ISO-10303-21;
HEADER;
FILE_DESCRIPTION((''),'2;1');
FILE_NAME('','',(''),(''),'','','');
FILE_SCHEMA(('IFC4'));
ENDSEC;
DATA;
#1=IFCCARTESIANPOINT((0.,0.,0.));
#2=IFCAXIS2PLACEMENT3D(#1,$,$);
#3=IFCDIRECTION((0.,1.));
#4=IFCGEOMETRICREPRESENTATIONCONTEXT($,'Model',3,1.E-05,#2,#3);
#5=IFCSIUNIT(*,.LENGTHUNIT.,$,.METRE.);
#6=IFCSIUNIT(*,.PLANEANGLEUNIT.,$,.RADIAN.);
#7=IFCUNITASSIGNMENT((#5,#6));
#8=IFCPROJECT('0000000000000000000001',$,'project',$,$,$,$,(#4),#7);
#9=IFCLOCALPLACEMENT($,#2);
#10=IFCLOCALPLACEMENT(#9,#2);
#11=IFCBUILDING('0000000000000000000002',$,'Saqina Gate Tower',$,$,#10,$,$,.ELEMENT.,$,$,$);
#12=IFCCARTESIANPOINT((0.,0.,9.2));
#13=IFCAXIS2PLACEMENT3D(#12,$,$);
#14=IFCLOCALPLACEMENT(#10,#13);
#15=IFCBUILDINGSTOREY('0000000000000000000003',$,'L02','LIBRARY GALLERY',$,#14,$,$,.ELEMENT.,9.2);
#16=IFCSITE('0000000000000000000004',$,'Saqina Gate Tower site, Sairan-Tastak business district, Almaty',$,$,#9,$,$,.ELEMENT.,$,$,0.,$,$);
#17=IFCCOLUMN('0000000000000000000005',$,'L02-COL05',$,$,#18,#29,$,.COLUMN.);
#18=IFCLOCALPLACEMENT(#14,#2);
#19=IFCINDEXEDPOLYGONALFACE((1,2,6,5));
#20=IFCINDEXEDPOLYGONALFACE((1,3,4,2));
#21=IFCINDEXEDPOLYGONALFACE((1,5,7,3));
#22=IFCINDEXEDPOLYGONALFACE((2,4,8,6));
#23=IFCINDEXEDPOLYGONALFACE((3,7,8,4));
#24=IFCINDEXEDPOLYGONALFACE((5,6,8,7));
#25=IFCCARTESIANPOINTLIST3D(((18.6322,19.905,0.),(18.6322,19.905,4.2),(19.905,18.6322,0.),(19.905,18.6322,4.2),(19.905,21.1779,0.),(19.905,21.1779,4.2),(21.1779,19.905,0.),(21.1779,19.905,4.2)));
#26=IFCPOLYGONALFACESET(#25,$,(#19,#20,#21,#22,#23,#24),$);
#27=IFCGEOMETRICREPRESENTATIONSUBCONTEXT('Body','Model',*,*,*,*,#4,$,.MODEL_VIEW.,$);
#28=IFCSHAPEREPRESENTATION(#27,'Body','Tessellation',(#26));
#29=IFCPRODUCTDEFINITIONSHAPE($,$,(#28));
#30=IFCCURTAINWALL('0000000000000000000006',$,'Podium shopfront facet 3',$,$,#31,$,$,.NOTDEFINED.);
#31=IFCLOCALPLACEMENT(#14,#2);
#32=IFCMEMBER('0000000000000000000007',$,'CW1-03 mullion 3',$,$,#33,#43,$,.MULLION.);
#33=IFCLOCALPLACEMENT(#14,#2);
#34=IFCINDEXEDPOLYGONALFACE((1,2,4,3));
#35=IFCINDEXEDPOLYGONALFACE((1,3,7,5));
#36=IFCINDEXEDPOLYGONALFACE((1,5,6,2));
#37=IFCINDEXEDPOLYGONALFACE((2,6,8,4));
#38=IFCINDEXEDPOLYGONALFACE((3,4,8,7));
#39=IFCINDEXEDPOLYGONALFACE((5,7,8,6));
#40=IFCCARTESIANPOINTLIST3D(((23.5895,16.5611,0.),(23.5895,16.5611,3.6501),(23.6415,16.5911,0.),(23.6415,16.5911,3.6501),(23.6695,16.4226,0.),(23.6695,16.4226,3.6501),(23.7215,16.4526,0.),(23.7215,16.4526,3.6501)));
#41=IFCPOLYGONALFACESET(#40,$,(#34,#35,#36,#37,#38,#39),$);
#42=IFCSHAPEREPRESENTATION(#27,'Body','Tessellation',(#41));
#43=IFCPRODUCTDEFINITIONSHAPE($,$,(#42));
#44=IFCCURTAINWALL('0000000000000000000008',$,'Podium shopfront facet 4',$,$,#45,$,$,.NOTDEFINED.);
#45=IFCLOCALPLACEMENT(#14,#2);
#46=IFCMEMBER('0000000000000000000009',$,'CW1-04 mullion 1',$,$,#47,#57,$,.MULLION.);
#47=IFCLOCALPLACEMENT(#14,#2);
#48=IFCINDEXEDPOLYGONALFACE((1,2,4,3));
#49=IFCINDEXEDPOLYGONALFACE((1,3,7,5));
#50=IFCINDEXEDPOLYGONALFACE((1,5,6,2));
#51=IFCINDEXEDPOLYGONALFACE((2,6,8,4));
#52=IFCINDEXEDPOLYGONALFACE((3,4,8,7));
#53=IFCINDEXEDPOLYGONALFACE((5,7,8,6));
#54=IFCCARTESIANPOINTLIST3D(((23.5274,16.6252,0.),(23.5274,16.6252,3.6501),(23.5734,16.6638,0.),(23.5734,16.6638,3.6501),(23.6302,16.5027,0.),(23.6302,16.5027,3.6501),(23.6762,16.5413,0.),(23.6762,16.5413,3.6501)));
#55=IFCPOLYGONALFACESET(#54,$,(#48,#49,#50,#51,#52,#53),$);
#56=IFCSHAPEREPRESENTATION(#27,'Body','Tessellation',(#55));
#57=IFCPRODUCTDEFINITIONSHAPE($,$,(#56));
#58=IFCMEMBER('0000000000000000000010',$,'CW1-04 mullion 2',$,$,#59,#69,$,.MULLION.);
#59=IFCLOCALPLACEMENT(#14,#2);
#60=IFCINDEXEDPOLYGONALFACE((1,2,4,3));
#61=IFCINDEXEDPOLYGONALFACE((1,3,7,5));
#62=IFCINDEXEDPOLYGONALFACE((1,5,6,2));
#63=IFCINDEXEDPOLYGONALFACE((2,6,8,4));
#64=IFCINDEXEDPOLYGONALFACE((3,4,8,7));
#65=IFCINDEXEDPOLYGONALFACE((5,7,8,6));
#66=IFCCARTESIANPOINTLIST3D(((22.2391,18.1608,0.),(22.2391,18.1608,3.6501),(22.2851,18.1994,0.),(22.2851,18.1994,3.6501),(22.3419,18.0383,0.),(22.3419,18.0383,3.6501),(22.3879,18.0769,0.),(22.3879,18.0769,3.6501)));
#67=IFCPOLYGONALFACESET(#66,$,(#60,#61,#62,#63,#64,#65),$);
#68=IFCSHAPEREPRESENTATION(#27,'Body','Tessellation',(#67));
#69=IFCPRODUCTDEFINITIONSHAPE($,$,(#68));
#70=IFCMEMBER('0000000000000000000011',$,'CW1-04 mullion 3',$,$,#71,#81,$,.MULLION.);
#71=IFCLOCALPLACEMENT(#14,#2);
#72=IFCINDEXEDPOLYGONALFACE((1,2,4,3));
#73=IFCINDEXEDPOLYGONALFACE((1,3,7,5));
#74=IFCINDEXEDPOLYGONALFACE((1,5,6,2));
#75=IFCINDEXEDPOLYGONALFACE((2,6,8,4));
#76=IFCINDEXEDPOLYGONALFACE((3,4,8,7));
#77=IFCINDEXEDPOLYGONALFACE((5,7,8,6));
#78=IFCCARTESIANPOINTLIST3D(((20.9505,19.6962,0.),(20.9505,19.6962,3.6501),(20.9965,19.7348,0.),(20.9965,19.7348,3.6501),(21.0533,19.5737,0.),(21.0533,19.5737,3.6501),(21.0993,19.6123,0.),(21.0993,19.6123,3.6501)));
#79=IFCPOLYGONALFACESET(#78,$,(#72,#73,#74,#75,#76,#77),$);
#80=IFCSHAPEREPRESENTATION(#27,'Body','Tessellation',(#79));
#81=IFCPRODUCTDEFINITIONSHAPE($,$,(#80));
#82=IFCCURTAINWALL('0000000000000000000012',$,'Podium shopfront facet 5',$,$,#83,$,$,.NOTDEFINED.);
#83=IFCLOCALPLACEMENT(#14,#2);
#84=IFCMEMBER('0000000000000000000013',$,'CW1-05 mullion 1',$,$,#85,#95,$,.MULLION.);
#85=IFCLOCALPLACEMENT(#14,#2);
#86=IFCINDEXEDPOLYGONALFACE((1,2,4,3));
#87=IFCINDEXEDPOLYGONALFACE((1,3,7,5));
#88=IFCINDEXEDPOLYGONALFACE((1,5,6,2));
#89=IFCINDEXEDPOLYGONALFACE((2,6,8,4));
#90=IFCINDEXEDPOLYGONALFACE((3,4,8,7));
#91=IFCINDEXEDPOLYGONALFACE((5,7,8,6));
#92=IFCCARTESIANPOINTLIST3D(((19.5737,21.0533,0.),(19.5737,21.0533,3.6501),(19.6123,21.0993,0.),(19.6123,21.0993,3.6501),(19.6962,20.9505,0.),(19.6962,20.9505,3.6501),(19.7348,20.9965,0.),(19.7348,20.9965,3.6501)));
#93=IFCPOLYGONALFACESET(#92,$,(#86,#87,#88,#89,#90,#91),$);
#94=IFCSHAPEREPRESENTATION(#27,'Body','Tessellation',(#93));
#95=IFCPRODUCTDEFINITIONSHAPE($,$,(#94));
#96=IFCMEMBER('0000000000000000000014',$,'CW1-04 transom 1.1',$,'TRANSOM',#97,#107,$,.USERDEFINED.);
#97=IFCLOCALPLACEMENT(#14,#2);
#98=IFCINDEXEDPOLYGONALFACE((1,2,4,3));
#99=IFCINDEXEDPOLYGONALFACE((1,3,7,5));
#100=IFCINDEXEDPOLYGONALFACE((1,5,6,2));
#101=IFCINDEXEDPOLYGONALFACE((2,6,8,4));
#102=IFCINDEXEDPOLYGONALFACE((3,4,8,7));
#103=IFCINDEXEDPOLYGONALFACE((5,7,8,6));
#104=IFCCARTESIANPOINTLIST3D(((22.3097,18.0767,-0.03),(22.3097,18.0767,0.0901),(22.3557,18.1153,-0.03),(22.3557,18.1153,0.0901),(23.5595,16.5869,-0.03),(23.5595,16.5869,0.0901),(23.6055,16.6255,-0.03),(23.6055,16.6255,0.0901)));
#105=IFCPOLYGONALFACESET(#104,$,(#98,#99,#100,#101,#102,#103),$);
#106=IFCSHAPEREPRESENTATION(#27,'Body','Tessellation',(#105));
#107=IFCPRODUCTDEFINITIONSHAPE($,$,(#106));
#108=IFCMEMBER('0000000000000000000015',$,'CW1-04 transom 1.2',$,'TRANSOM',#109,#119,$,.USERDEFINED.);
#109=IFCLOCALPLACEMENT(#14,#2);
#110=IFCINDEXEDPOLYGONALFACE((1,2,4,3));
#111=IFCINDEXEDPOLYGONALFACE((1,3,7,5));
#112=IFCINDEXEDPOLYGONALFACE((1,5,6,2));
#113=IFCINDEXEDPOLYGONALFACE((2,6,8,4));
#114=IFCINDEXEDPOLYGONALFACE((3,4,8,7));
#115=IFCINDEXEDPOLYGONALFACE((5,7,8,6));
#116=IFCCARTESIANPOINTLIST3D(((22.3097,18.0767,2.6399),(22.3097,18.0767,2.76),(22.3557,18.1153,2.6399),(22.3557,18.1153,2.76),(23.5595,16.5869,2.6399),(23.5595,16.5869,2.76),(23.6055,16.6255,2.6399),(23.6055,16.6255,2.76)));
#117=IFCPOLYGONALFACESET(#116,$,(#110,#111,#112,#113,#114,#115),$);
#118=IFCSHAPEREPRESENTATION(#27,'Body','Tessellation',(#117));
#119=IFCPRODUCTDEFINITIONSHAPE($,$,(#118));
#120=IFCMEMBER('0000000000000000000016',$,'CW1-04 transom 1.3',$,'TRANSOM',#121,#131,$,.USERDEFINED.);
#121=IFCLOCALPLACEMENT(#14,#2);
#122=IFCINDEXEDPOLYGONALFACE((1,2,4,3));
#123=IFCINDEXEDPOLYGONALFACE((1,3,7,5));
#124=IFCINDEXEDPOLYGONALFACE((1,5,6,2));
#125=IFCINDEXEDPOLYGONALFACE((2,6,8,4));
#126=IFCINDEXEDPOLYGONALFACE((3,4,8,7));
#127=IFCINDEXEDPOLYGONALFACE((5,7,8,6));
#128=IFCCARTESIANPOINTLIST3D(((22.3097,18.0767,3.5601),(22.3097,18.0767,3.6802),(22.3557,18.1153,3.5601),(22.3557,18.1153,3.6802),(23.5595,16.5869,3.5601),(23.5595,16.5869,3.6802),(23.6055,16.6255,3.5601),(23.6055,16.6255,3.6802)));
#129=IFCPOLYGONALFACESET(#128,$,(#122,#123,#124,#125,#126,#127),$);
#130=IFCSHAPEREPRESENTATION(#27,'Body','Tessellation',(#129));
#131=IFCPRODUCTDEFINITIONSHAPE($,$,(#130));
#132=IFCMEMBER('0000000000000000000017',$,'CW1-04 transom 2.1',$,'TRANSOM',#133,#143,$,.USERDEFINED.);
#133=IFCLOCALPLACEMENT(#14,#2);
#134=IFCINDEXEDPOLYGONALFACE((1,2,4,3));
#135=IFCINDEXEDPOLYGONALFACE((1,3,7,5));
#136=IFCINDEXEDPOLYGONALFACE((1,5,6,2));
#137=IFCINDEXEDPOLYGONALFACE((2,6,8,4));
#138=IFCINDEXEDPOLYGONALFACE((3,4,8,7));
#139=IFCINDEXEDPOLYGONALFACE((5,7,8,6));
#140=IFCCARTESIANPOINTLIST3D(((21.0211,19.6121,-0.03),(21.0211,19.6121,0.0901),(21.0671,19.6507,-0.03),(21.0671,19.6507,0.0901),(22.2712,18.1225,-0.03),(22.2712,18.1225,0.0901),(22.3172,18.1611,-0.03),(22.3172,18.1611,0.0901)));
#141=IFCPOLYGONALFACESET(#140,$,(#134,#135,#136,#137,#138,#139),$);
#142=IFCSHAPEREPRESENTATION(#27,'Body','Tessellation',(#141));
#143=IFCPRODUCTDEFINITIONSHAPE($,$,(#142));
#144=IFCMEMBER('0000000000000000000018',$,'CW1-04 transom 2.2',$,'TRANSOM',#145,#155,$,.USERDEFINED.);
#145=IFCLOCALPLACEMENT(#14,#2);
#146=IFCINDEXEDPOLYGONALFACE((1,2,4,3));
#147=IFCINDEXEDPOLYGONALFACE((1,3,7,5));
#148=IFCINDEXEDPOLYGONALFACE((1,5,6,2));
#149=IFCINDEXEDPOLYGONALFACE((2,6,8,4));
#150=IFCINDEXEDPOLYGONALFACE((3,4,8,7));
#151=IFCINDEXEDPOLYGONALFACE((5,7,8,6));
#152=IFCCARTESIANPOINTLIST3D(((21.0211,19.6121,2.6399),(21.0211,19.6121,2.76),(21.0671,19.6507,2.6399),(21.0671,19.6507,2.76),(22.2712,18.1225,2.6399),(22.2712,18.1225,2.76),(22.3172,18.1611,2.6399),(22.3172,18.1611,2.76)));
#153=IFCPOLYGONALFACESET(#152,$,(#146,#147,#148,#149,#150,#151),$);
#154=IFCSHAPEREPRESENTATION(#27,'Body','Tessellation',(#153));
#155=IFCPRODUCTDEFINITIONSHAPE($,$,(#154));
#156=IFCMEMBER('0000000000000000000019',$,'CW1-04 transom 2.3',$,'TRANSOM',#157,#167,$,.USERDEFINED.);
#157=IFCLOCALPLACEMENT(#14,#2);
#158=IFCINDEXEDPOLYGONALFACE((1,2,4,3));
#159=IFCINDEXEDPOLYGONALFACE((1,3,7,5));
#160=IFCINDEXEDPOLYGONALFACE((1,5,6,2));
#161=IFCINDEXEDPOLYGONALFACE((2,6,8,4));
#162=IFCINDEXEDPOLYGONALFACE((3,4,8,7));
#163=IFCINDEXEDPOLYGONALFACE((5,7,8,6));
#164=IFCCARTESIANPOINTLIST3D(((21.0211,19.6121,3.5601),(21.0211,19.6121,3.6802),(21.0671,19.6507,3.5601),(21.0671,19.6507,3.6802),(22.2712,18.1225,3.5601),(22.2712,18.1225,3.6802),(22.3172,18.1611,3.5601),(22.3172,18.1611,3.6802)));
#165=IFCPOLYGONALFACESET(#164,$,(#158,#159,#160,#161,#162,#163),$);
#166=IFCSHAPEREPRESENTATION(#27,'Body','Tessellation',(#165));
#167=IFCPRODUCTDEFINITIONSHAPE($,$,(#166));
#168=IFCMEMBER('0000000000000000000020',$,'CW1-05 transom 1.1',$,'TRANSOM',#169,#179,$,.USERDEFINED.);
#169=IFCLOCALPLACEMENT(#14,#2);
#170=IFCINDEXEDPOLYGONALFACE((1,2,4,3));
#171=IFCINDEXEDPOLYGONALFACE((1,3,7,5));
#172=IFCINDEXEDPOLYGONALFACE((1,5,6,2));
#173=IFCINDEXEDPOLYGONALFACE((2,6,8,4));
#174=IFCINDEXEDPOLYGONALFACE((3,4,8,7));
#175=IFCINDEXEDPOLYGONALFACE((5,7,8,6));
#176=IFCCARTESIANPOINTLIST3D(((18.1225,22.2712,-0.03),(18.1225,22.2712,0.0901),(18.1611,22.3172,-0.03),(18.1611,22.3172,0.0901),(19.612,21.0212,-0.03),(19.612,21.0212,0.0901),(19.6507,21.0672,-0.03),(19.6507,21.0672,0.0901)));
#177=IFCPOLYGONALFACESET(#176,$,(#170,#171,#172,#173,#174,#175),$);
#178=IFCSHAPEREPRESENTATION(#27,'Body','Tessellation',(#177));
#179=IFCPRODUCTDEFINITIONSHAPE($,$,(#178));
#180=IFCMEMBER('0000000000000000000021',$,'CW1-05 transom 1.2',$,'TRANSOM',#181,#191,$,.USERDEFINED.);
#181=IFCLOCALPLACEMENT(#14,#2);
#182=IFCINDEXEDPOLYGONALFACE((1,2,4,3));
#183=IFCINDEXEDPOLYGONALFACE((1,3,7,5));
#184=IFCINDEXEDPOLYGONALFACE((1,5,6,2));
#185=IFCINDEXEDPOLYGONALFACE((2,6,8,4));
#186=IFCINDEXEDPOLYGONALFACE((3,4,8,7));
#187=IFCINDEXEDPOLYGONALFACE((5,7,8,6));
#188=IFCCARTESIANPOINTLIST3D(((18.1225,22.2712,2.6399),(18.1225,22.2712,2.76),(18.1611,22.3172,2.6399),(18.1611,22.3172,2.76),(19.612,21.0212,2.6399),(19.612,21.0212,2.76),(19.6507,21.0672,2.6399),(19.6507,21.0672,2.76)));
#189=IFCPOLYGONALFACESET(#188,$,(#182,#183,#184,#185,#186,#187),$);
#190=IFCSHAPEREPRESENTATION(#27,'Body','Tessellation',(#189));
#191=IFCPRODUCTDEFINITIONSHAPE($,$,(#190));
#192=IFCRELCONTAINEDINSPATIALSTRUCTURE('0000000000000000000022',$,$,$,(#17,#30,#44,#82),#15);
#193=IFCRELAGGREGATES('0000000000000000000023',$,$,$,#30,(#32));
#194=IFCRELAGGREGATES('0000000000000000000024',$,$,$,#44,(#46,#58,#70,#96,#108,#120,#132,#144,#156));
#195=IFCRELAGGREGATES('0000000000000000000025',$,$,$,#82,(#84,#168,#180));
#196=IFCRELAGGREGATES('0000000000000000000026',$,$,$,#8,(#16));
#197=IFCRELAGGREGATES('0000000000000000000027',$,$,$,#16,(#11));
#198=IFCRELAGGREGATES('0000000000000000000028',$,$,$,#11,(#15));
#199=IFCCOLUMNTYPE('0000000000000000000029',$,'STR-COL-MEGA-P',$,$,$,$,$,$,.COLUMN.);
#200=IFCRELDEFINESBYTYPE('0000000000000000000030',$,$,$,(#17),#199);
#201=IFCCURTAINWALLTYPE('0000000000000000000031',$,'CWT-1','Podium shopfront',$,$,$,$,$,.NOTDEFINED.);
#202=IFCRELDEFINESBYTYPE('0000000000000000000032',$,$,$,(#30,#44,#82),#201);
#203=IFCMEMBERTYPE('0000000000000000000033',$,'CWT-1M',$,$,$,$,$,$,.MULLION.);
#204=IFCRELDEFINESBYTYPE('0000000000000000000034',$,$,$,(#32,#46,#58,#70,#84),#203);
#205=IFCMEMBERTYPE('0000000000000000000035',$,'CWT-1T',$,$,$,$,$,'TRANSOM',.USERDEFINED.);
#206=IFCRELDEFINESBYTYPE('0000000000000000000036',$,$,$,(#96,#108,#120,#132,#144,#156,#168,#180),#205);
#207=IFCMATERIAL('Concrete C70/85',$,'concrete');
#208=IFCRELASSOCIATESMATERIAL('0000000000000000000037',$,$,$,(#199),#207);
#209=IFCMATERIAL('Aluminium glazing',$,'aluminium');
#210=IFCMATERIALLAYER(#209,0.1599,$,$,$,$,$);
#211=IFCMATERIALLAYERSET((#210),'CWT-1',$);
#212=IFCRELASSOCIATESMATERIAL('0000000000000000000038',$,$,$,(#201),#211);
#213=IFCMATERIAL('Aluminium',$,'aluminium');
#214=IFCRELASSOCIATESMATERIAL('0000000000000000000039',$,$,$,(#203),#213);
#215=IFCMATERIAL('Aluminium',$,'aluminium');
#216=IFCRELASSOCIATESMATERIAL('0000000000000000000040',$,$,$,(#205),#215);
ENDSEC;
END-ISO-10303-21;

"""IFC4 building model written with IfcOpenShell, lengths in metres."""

from ifc_helpers import new_model, si_unit, direction, frame, origin, origin_2d, place, context, subcontext, project, spatial, rectangle, extrude, material, layer, layer_set, material_profile, profile_set, type_object, element, aggregate, save


model = new_model("IFC4")

# Units and contexts
model_context = context("Model", 3, precision=1e-05, world=origin(), true_north=direction((0.0, 1.0)))
body_context = subcontext(model_context, "Body", "Model", "MODEL_VIEW")
ifc_project = project(units=[si_unit("LENGTHUNIT", "METRE"), si_unit("PLANEANGLEUNIT", "RADIAN")], contexts=[model_context])

# Site, building, storey
site_placement = place(None, origin())
site = spatial("IfcSite", under=ifc_project, at=site_placement, Name="Saqina Gate Tower site, Sairan-Tastak business district, Almaty", CompositionType="ELEMENT", RefElevation=0.0)
building_placement = place(site_placement, origin())
building = spatial("IfcBuilding", under=site, at=building_placement, Name="Saqina Gate Tower", CompositionType="ELEMENT")
storey_placement = place(building_placement, frame((0.0, 0.0, 9.2)))
storey = spatial("IfcBuildingStorey", under=building, at=storey_placement, Name="L02", Description="LIBRARY GALLERY", CompositionType="ELEMENT", Elevation=9.2)

# Column
ifc_material_1 = material(Name="Concrete C70/85", Category="concrete")
ifc_material_profile_1 = material_profile(ifc_material_1, rectangle(XDim=1.8, YDim=1.8, at=origin_2d()), Name="RC 1800x1800")
ifc_profile_set_1 = profile_set([ifc_material_profile_1], Name="Concrete C70/85")
column_type = type_object("IfcColumnType", Name="STR-COL-MEGA-P", PredefinedType="COLUMN", material=ifc_profile_set_1)
column_placement = place(storey_placement, frame((19.905, 19.905, 0.0), z_axis=(0.0, 0.0, 1.0), x_axis=(0.707107, 0.707107, 0.0)))
element("IfcColumn", 1, at=column_placement, inside=storey, type_object=column_type, Name="L02-COL05", PredefinedType="COLUMN", context=body_context, shape_type="SweptSolid", body=[
    extrude(rectangle(XDim=1.8, YDim=1.8, at=origin_2d()), origin(), (0.0, 0.0, 1.0), 4.2),
])

# Curtain wall, member
ifc_material_2 = material(Name="Aluminium glazing", Category="aluminium")
ifc_layer_1 = layer(ifc_material_2, 0.1599)
ifc_layer_set_1 = layer_set([ifc_layer_1], Name="CWT-1")
curtain_wall_type = type_object("IfcCurtainWallType", Name="CWT-1", Description="Podium shopfront", PredefinedType="NOTDEFINED", material=ifc_layer_set_1)
curtain_wall_1_placement = place(storey_placement, origin())
curtain_wall_1 = element("IfcCurtainWall", 2, at=curtain_wall_1_placement, inside=storey, type_object=curtain_wall_type, Name="Podium shopfront facet 3", PredefinedType="NOTDEFINED")
ifc_material_3 = material(Name="Aluminium", Category="aluminium")
ifc_material_profile_2 = material_profile(ifc_material_3, rectangle(XDim=0.0601, YDim=0.1599, at=origin_2d()), Name="Aluminium 60x160")
ifc_profile_set_2 = profile_set([ifc_material_profile_2], Name="Aluminium")
member_type_1 = type_object("IfcMemberType", Name="CWT-1M", PredefinedType="MULLION", material=ifc_profile_set_2)
member_1_placement = place(storey_placement, frame((23.6555, 16.5068, 0.0), z_axis=(0.0, 0.0, 1.0), x_axis=(-0.866017, -0.500014, 0.0)))
member_1 = element("IfcMember", 3, at=member_1_placement, type_object=member_type_1, Name="CW1-03 mullion 3", PredefinedType="MULLION", context=body_context, shape_type="SweptSolid", body=[
    extrude(rectangle(XDim=0.0601, YDim=0.1599, at=origin_2d()), origin(), (0.0, 0.0, 1.0), 3.6501),
])

# Curtain wall, members
curtain_wall_2_placement = place(storey_placement, origin())
curtain_wall_2 = element("IfcCurtainWall", 4, at=curtain_wall_2_placement, inside=storey, type_object=curtain_wall_type, Name="Podium shopfront facet 4", PredefinedType="NOTDEFINED")
member_2_placement = place(storey_placement, frame((23.6018, 16.5833, 0.0), z_axis=(0.0, 0.0, 1.0), x_axis=(-0.766051, -0.642779, 0.0)))
member_2 = element("IfcMember", 5, at=member_2_placement, type_object=member_type_1, Name="CW1-04 mullion 1", PredefinedType="MULLION", context=body_context, shape_type="SweptSolid", body=[
    extrude(rectangle(XDim=0.0601, YDim=0.1599, at=origin_2d()), origin(), (0.0, 0.0, 1.0), 3.6501),
])
member_3_placement = place(storey_placement, frame((22.3135, 18.1189, 0.0), z_axis=(0.0, 0.0, 1.0), x_axis=(-0.766051, -0.642779, 0.0)))
member_3 = element("IfcMember", 6, at=member_3_placement, type_object=member_type_1, Name="CW1-04 mullion 2", PredefinedType="MULLION", context=body_context, shape_type="SweptSolid", body=[
    extrude(rectangle(XDim=0.0601, YDim=0.1599, at=origin_2d()), origin(), (0.0, 0.0, 1.0), 3.6501),
])
member_4_placement = place(storey_placement, frame((21.0249, 19.6543, 0.0), z_axis=(0.0, 0.0, 1.0), x_axis=(-0.766051, -0.642779, 0.0)))
member_4 = element("IfcMember", 7, at=member_4_placement, type_object=member_type_1, Name="CW1-04 mullion 3", PredefinedType="MULLION", context=body_context, shape_type="SweptSolid", body=[
    extrude(rectangle(XDim=0.0601, YDim=0.1599, at=origin_2d()), origin(), (0.0, 0.0, 1.0), 3.6501),
])

# Curtain wall, member
curtain_wall_3_placement = place(storey_placement, origin())
curtain_wall_3 = element("IfcCurtainWall", 8, at=curtain_wall_3_placement, inside=storey, type_object=curtain_wall_type, Name="Podium shopfront facet 5", PredefinedType="NOTDEFINED")
member_5_placement = place(storey_placement, frame((19.6543, 21.0249, 0.0), z_axis=(0.0, 0.0, 1.0), x_axis=(-0.642779, -0.766051, 0.0)))
member_5 = element("IfcMember", 9, at=member_5_placement, type_object=member_type_1, Name="CW1-05 mullion 1", PredefinedType="MULLION", context=body_context, shape_type="SweptSolid", body=[
    extrude(rectangle(XDim=0.0601, YDim=0.1599, at=origin_2d()), origin(), (0.0, 0.0, 1.0), 3.6501),
])

# Members
ifc_material_4 = material(Name="Aluminium", Category="aluminium")
ifc_material_profile_3 = material_profile(ifc_material_4, rectangle(XDim=0.0601, YDim=0.1201, at=origin_2d()), Name="Aluminium 60x120")
ifc_profile_set_3 = profile_set([ifc_material_profile_3], Name="Aluminium")
member_type_2 = type_object("IfcMemberType", Name="CWT-1T", ElementType="TRANSOM", PredefinedType="USERDEFINED", material=ifc_profile_set_3)
member_6_placement = place(storey_placement, frame((23.5825, 16.6062, 0.03), z_axis=(-0.6427, 0.766118, 0.0), x_axis=(-0.766118, -0.6427, 0.0)))
member_6 = element("IfcMember", 10, at=member_6_placement, type_object=member_type_2, Name="CW1-04 transom 1.1", ObjectType="TRANSOM", PredefinedType="USERDEFINED", context=body_context, shape_type="SweptSolid", body=[
    extrude(rectangle(XDim=0.0601, YDim=0.1201, at=origin_2d()), origin(), (0.0, 0.0, 1.0), 1.9446),
])
member_7_placement = place(storey_placement, frame((23.5825, 16.6062, 2.7), z_axis=(-0.6427, 0.766118, 0.0), x_axis=(-0.766118, -0.6427, 0.0)))
member_7 = element("IfcMember", 11, at=member_7_placement, type_object=member_type_2, Name="CW1-04 transom 1.2", ObjectType="TRANSOM", PredefinedType="USERDEFINED", context=body_context, shape_type="SweptSolid", body=[
    extrude(rectangle(XDim=0.0601, YDim=0.1201, at=origin_2d()), origin(), (0.0, 0.0, 1.0), 1.9446),
])
member_8_placement = place(storey_placement, frame((23.5825, 16.6062, 3.6201), z_axis=(-0.6427, 0.766118, 0.0), x_axis=(-0.766118, -0.6427, 0.0)))
member_8 = element("IfcMember", 12, at=member_8_placement, type_object=member_type_2, Name="CW1-04 transom 1.3", ObjectType="TRANSOM", PredefinedType="USERDEFINED", context=body_context, shape_type="SweptSolid", body=[
    extrude(rectangle(XDim=0.0601, YDim=0.1201, at=origin_2d()), origin(), (0.0, 0.0, 1.0), 1.9446),
])
member_9_placement = place(storey_placement, frame((22.2942, 18.1418, 0.03), z_axis=(-0.642836, 0.766004, 0.0), x_axis=(-0.766004, -0.642836, 0.0)))
member_9 = element("IfcMember", 13, at=member_9_placement, type_object=member_type_2, Name="CW1-04 transom 2.1", ObjectType="TRANSOM", PredefinedType="USERDEFINED", context=body_context, shape_type="SweptSolid", body=[
    extrude(rectangle(XDim=0.0601, YDim=0.1201, at=origin_2d()), origin(), (0.0, 0.0, 1.0), 1.9446),
])
member_10_placement = place(storey_placement, frame((22.2942, 18.1418, 2.7), z_axis=(-0.642836, 0.766004, 0.0), x_axis=(-0.766004, -0.642836, 0.0)))
member_10 = element("IfcMember", 14, at=member_10_placement, type_object=member_type_2, Name="CW1-04 transom 2.2", ObjectType="TRANSOM", PredefinedType="USERDEFINED", context=body_context, shape_type="SweptSolid", body=[
    extrude(rectangle(XDim=0.0601, YDim=0.1201, at=origin_2d()), origin(), (0.0, 0.0, 1.0), 1.9446),
])
member_11_placement = place(storey_placement, frame((22.2942, 18.1418, 3.6201), z_axis=(-0.642836, 0.766004, 0.0), x_axis=(-0.766004, -0.642836, 0.0)))
member_11 = element("IfcMember", 15, at=member_11_placement, type_object=member_type_2, Name="CW1-04 transom 2.3", ObjectType="TRANSOM", PredefinedType="USERDEFINED", context=body_context, shape_type="SweptSolid", body=[
    extrude(rectangle(XDim=0.0601, YDim=0.1201, at=origin_2d()), origin(), (0.0, 0.0, 1.0), 1.9446),
])
member_12_placement = place(storey_placement, frame((19.6313, 21.0442, 0.03), z_axis=(-0.766004, 0.642836, 0.0), x_axis=(-0.642836, -0.766004, 0.0)))
member_12 = element("IfcMember", 16, at=member_12_placement, type_object=member_type_2, Name="CW1-05 transom 1.1", ObjectType="TRANSOM", PredefinedType="USERDEFINED", context=body_context, shape_type="SweptSolid", body=[
    extrude(rectangle(XDim=0.0601, YDim=0.1201, at=origin_2d()), origin(), (0.0, 0.0, 1.0), 1.9446),
])
member_13_placement = place(storey_placement, frame((19.6313, 21.0442, 2.7), z_axis=(-0.766004, 0.642836, 0.0), x_axis=(-0.642836, -0.766004, 0.0)))
member_13 = element("IfcMember", 17, at=member_13_placement, type_object=member_type_2, Name="CW1-05 transom 1.2", ObjectType="TRANSOM", PredefinedType="USERDEFINED", context=body_context, shape_type="SweptSolid", body=[
    extrude(rectangle(XDim=0.0601, YDim=0.1201, at=origin_2d()), origin(), (0.0, 0.0, 1.0), 1.9446),
])

aggregate(curtain_wall_1, [member_1])
aggregate(curtain_wall_2, [member_2, member_3, member_4, member_6, member_7, member_8, member_9, member_10, member_11])
aggregate(curtain_wall_3, [member_5, member_12, member_13])

save(model, "model.ifc")
